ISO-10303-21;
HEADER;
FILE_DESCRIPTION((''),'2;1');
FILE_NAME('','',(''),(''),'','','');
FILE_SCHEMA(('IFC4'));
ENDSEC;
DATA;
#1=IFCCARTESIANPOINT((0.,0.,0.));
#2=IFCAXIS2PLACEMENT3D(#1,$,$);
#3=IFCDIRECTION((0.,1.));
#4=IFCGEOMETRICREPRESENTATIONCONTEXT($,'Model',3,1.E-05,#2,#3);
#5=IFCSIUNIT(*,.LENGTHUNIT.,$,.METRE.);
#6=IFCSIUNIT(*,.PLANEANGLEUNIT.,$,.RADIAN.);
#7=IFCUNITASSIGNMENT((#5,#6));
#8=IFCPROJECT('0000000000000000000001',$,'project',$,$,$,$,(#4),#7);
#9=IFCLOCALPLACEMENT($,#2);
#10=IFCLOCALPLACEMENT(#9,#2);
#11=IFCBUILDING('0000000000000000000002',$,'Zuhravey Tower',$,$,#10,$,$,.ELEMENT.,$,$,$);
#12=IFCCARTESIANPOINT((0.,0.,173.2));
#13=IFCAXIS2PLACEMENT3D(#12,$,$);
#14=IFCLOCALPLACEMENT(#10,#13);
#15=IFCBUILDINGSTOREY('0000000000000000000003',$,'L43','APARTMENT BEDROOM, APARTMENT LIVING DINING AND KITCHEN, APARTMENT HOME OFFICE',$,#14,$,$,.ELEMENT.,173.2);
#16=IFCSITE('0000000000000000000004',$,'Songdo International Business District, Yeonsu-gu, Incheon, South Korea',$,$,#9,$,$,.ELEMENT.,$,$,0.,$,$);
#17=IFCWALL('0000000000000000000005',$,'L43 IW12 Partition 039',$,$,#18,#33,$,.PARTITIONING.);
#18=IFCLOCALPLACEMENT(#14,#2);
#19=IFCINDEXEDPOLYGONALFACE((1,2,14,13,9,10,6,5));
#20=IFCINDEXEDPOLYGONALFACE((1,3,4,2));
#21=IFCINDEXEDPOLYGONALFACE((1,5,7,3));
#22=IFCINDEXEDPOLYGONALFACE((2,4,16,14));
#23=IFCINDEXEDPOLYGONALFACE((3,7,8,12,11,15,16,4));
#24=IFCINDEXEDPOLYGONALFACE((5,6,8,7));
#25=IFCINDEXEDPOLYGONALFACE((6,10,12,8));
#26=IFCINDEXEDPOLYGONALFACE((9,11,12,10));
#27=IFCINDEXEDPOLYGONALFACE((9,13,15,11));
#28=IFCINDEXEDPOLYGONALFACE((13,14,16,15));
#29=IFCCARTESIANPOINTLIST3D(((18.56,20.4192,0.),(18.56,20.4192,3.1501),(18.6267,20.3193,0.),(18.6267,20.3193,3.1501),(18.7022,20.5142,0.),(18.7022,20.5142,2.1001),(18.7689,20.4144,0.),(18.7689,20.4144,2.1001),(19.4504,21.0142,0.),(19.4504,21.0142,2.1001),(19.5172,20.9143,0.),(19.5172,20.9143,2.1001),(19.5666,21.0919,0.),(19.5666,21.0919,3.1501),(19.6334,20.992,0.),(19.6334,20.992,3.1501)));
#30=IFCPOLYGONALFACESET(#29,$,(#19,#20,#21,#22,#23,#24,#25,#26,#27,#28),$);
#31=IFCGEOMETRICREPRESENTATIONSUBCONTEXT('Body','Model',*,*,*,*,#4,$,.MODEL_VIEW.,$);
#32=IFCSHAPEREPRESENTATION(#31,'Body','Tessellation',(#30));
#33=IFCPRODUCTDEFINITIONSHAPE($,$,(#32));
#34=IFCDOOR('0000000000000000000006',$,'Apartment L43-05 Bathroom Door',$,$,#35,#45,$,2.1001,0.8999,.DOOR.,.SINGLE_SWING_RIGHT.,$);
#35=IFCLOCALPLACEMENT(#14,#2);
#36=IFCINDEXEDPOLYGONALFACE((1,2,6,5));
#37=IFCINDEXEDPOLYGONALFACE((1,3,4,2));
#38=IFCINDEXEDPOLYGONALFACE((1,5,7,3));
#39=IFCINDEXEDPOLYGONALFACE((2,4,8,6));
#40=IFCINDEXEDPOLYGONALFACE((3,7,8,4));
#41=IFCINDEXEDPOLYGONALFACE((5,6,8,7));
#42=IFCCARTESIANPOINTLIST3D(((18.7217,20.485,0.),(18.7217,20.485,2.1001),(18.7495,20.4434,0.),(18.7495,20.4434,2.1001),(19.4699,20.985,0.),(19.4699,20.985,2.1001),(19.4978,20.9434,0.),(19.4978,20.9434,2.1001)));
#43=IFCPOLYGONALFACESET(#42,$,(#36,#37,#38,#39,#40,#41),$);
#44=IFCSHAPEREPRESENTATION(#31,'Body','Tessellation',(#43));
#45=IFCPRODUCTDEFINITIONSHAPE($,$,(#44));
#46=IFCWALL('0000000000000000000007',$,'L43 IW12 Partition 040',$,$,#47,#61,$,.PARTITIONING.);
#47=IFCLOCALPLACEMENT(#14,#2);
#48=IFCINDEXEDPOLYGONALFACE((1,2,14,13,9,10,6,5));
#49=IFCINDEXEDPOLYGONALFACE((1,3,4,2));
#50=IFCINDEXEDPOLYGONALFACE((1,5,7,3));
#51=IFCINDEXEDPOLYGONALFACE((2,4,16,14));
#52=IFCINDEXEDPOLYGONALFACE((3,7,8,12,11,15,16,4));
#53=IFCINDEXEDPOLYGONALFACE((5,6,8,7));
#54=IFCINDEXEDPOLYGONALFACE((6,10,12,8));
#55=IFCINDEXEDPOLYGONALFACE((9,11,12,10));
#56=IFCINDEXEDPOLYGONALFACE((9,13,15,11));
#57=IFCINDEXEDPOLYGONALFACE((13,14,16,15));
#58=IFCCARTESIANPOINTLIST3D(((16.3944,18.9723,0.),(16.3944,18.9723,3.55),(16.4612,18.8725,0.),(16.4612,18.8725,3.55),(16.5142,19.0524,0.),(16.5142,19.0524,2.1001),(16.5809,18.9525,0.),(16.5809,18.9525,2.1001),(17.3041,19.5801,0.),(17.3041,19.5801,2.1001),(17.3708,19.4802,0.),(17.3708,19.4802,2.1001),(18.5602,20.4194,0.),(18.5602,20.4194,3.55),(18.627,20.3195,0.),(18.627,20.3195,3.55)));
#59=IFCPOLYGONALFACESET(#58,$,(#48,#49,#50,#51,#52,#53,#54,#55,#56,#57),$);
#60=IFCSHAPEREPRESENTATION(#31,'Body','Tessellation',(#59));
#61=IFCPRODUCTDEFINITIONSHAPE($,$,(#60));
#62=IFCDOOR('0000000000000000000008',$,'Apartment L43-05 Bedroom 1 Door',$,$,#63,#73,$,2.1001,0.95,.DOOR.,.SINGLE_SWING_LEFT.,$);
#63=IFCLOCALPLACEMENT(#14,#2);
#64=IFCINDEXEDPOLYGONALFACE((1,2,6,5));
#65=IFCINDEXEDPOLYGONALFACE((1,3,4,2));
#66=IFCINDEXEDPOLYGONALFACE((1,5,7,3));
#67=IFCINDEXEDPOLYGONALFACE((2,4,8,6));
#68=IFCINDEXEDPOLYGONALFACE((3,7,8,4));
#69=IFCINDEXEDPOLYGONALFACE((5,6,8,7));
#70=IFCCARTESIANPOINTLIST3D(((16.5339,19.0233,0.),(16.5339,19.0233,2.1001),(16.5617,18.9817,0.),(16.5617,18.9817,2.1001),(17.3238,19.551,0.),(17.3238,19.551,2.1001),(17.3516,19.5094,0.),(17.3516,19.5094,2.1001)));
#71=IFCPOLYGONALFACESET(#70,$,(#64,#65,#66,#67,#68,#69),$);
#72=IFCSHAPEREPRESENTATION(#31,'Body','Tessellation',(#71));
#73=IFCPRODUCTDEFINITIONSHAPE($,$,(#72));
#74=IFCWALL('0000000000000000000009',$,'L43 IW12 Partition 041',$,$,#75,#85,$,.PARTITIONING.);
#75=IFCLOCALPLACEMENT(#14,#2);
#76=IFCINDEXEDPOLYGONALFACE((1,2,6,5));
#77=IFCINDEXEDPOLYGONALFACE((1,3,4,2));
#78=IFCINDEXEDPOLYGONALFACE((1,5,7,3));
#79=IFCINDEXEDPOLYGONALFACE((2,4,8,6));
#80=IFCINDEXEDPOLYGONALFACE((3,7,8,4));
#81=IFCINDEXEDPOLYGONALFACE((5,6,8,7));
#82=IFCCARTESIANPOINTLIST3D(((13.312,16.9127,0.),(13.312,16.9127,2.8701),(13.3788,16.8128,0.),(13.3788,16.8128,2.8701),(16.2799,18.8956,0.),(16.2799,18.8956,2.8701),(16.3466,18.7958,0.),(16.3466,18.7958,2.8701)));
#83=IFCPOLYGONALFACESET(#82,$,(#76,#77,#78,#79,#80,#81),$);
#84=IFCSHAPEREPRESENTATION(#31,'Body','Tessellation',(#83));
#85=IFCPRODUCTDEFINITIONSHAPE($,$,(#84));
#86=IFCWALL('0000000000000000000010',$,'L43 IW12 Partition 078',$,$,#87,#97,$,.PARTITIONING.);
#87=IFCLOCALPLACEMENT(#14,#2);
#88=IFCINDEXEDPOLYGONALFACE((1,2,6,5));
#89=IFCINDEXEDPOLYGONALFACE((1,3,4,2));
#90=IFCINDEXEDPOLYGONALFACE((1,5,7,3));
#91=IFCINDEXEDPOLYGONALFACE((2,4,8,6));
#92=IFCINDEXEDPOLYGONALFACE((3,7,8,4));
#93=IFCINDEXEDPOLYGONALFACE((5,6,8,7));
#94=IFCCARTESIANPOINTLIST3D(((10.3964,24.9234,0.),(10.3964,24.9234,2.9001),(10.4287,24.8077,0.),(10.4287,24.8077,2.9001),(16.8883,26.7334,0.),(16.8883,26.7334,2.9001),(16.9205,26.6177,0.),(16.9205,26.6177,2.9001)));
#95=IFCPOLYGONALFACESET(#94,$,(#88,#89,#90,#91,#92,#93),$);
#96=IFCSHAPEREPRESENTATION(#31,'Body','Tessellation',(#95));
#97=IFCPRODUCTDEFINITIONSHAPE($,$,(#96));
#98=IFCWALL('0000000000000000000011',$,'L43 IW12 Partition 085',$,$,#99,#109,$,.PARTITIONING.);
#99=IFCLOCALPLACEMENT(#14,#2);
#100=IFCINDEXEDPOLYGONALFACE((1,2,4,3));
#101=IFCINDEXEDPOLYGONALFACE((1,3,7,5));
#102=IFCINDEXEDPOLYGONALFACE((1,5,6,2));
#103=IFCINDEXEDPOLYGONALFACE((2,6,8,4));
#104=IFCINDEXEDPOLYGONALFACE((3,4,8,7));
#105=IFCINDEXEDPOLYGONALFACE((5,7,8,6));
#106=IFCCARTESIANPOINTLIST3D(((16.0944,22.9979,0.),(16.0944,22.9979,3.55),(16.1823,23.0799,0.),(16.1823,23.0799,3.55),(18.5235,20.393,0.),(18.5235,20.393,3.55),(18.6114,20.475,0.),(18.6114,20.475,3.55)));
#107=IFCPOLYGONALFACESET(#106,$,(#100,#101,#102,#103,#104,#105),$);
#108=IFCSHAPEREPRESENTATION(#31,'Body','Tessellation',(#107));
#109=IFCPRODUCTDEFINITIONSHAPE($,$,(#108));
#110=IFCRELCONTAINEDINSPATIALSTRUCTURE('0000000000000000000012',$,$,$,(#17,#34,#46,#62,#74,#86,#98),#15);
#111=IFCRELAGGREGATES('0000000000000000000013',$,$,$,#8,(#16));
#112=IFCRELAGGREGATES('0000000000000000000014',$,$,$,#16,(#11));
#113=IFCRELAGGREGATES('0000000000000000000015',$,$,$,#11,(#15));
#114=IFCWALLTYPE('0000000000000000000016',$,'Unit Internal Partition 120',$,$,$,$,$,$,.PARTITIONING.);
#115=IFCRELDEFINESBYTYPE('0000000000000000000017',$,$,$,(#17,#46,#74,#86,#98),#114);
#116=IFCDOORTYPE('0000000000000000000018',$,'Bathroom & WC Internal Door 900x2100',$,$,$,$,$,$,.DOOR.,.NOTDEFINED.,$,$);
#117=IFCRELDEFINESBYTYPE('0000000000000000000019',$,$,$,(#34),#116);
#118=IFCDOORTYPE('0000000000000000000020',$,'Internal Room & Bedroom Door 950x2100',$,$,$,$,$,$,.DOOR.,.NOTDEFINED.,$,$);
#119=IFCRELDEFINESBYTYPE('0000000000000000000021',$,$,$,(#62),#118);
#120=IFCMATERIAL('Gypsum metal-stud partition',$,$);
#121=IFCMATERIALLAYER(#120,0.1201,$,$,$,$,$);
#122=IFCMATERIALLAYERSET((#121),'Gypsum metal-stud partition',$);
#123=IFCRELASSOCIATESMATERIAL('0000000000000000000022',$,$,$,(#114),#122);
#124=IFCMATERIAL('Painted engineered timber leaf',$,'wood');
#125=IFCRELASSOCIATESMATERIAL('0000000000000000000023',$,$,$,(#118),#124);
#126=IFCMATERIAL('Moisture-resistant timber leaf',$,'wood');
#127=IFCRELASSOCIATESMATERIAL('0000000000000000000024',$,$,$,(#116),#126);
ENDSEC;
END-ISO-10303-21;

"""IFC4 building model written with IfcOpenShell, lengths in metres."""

from ifc_helpers import new_model, si_unit, direction, frame, frame_2d, origin, place, context, subcontext, project, spatial, rectangle, extrude, material, layer, layer_set, type_object, element, fill, save


model = new_model("IFC4")

# Units and contexts
model_context = context("Model", 3, precision=1e-05, world=origin(), true_north=direction((0.0, 1.0)))
body_context = subcontext(model_context, "Body", "Model", "MODEL_VIEW")
ifc_project = project(units=[si_unit("LENGTHUNIT", "METRE"), si_unit("PLANEANGLEUNIT", "RADIAN")], contexts=[model_context])

# Site, building, storey
site_placement = place(None, origin())
site = spatial("IfcSite", under=ifc_project, at=site_placement, Name="Songdo International Business District, Yeonsu-gu, Incheon, South Korea", CompositionType="ELEMENT", RefElevation=0.0)
building_placement = place(site_placement, origin())
building = spatial("IfcBuilding", under=site, at=building_placement, Name="Zuhravey Tower", CompositionType="ELEMENT")
storey_placement = place(building_placement, frame((0.0, 0.0, 173.2)))
storey = spatial("IfcBuildingStorey", under=building, at=storey_placement, Name="L43", Description="APARTMENT BEDROOM, APARTMENT LIVING DINING AND KITCHEN, APARTMENT HOME OFFICE", CompositionType="ELEMENT", Elevation=173.2)

# Shared definitions
ifc_material_1 = material(Name="Gypsum metal-stud partition")
ifc_layer_1 = layer(ifc_material_1, 0.1201)
ifc_layer_set_1 = layer_set([ifc_layer_1], Name="Gypsum metal-stud partition")
wall_type = type_object("IfcWallType", Name="Unit Internal Partition 120", PredefinedType="PARTITIONING", material=ifc_layer_set_1)
ifc_material_2 = material(Name="Painted engineered timber leaf", Category="wood")
door_type_1 = type_object("IfcDoorType", Name="Internal Room & Bedroom Door 950x2100", OperationType="NOTDEFINED", PredefinedType="DOOR", material=ifc_material_2)

# Walls, openings, doors
wall_1_placement = place(storey_placement, frame((19.6001, 21.042, 0.0), z_axis=(0.0, 0.0, 1.0), x_axis=(-0.83146, -0.555584, 0.0)))
wall_1 = element("IfcWall", 1, at=wall_1_placement, inside=storey, type_object=wall_type, Name="L43 IW12 Partition 039", PredefinedType="PARTITIONING", context=body_context, shape_type="SweptSolid", body=[
    extrude(rectangle(XDim=1.2107, YDim=0.1201, at=frame_2d((0.6055, 0.0))), origin(), (0.0, 0.0, 1.0), 3.1501),
])
opening_1_placement = place(wall_1_placement, frame((0.1399, 0.0, 0.0)))
opening_1 = element("IfcOpeningElement", 2, at=opening_1_placement, cuts=wall_1, PredefinedType="OPENING", context=body_context, shape_type="SweptSolid", body=[
    extrude(rectangle(XDim=0.8999, YDim=2.1001, at=frame_2d((0.45, 1.05))), frame((0.0, 0.072, 0.0), z_axis=(0.0, -1.0, 0.0), x_axis=(1.0, 0.0, 0.0)), (0.0, 0.0, 1.0), 0.144),
])
ifc_material_3 = material(Name="Moisture-resistant timber leaf", Category="wood")
door_type_2 = type_object("IfcDoorType", Name="Bathroom & WC Internal Door 900x2100", OperationType="NOTDEFINED", PredefinedType="DOOR", material=ifc_material_3)
door_1_placement = place(opening_1_placement, frame((0.8999, 0.0, 0.0), z_axis=(0.0, 0.0, 1.0), x_axis=(-1.0, 0.0, 0.0)))
door_1 = element("IfcDoor", 3, at=door_1_placement, inside=storey, type_object=door_type_2, Name="Apartment L43-05 Bathroom Door", OperationType="SINGLE_SWING_RIGHT", OverallHeight=2.1001, OverallWidth=0.8999, PredefinedType="DOOR", context=body_context, shape_type="SweptSolid", body=[
    extrude(rectangle(XDim=0.8999, YDim=2.1001, at=frame_2d((0.45, 1.05))), frame((0.0, 0.0249, 0.0), z_axis=(0.0, -1.0, 0.0), x_axis=(1.0, 0.0, 0.0)), (0.0, 0.0, 1.0), 0.05),
])
fill(opening_1, door_1)
wall_2_placement = place(storey_placement, frame((18.5935, 20.3694, 0.0), z_axis=(0.0, 0.0, 1.0), x_axis=(-0.831487, -0.555543, 0.0)))
wall_2 = element("IfcWall", 4, at=wall_2_placement, inside=storey, type_object=wall_type, Name="L43 IW12 Partition 040", PredefinedType="PARTITIONING", context=body_context, shape_type="SweptSolid", body=[
    extrude(rectangle(XDim=2.6047, YDim=0.1201, at=frame_2d((1.3022, 0.0))), origin(), (0.0, 0.0, 1.0), 3.55),
])
opening_2_placement = place(wall_2_placement, frame((1.5105, 0.0, 0.0)))
opening_2 = element("IfcOpeningElement", 5, at=opening_2_placement, cuts=wall_2, PredefinedType="OPENING", context=body_context, shape_type="SweptSolid", body=[
    extrude(rectangle(XDim=0.95, YDim=2.1001, at=frame_2d((0.4751, 1.05))), frame((0.0, 0.072, 0.0), z_axis=(0.0, -1.0, 0.0), x_axis=(1.0, 0.0, 0.0)), (0.0, 0.0, 1.0), 0.144),
])
door_2_placement = place(opening_2_placement, frame((0.95, 0.0, 0.0), z_axis=(0.0, 0.0, 1.0), x_axis=(-1.0, 0.0, 0.0)))
door_2 = element("IfcDoor", 6, at=door_2_placement, inside=storey, type_object=door_type_1, Name="Apartment L43-05 Bedroom 1 Door", OperationType="SINGLE_SWING_LEFT", OverallHeight=2.1001, OverallWidth=0.95, PredefinedType="DOOR", context=body_context, shape_type="SweptSolid", body=[
    extrude(rectangle(XDim=0.95, YDim=2.1001, at=frame_2d((0.4751, 1.05))), frame((0.0, 0.0249, 0.0), z_axis=(0.0, -1.0, 0.0), x_axis=(1.0, 0.0, 0.0)), (0.0, 0.0, 1.0), 0.05),
])
fill(opening_2, door_2)

# Walls
wall_3_placement = place(storey_placement, frame((16.3132, 18.8457, 0.0), z_axis=(0.0, 0.0, 1.0), x_axis=(-0.831482, -0.555552, 0.0)))
element("IfcWall", 7, at=wall_3_placement, inside=storey, type_object=wall_type, Name="L43 IW12 Partition 041", PredefinedType="PARTITIONING", context=body_context, shape_type="SweptSolid", body=[
    extrude(rectangle(XDim=3.5693, YDim=0.1201, at=frame_2d((1.7847, 0.0))), origin(), (0.0, 0.0, 1.0), 2.8701),
])
wall_4_placement = place(storey_placement, frame((16.9043, 26.6755, 0.0), z_axis=(0.0, 0.0, 1.0), x_axis=(-0.96326, -0.268572, 0.0)))
element("IfcWall", 8, at=wall_4_placement, inside=storey, type_object=wall_type, Name="L43 IW12 Partition 078", PredefinedType="PARTITIONING", context=body_context, shape_type="SweptSolid", body=[
    extrude(rectangle(XDim=6.7395, YDim=0.1201, at=frame_2d((3.3696, 0.0))), origin(), (0.0, 0.0, 1.0), 2.9001),
])
wall_5_placement = place(storey_placement, frame((16.1384, 23.0388, 0.0), z_axis=(0.0, 0.0, 1.0), x_axis=(0.682001, -0.731352, 0.0)))
element("IfcWall", 9, at=wall_5_placement, inside=storey, type_object=wall_type, Name="L43 IW12 Partition 085", PredefinedType="PARTITIONING", context=body_context, shape_type="SweptSolid", body=[
    extrude(rectangle(XDim=3.5618, YDim=0.1201, at=frame_2d((1.7808, 0.0))), origin(), (0.0, 0.0, 1.0), 3.55),
])

save(model, "model.ifc")
